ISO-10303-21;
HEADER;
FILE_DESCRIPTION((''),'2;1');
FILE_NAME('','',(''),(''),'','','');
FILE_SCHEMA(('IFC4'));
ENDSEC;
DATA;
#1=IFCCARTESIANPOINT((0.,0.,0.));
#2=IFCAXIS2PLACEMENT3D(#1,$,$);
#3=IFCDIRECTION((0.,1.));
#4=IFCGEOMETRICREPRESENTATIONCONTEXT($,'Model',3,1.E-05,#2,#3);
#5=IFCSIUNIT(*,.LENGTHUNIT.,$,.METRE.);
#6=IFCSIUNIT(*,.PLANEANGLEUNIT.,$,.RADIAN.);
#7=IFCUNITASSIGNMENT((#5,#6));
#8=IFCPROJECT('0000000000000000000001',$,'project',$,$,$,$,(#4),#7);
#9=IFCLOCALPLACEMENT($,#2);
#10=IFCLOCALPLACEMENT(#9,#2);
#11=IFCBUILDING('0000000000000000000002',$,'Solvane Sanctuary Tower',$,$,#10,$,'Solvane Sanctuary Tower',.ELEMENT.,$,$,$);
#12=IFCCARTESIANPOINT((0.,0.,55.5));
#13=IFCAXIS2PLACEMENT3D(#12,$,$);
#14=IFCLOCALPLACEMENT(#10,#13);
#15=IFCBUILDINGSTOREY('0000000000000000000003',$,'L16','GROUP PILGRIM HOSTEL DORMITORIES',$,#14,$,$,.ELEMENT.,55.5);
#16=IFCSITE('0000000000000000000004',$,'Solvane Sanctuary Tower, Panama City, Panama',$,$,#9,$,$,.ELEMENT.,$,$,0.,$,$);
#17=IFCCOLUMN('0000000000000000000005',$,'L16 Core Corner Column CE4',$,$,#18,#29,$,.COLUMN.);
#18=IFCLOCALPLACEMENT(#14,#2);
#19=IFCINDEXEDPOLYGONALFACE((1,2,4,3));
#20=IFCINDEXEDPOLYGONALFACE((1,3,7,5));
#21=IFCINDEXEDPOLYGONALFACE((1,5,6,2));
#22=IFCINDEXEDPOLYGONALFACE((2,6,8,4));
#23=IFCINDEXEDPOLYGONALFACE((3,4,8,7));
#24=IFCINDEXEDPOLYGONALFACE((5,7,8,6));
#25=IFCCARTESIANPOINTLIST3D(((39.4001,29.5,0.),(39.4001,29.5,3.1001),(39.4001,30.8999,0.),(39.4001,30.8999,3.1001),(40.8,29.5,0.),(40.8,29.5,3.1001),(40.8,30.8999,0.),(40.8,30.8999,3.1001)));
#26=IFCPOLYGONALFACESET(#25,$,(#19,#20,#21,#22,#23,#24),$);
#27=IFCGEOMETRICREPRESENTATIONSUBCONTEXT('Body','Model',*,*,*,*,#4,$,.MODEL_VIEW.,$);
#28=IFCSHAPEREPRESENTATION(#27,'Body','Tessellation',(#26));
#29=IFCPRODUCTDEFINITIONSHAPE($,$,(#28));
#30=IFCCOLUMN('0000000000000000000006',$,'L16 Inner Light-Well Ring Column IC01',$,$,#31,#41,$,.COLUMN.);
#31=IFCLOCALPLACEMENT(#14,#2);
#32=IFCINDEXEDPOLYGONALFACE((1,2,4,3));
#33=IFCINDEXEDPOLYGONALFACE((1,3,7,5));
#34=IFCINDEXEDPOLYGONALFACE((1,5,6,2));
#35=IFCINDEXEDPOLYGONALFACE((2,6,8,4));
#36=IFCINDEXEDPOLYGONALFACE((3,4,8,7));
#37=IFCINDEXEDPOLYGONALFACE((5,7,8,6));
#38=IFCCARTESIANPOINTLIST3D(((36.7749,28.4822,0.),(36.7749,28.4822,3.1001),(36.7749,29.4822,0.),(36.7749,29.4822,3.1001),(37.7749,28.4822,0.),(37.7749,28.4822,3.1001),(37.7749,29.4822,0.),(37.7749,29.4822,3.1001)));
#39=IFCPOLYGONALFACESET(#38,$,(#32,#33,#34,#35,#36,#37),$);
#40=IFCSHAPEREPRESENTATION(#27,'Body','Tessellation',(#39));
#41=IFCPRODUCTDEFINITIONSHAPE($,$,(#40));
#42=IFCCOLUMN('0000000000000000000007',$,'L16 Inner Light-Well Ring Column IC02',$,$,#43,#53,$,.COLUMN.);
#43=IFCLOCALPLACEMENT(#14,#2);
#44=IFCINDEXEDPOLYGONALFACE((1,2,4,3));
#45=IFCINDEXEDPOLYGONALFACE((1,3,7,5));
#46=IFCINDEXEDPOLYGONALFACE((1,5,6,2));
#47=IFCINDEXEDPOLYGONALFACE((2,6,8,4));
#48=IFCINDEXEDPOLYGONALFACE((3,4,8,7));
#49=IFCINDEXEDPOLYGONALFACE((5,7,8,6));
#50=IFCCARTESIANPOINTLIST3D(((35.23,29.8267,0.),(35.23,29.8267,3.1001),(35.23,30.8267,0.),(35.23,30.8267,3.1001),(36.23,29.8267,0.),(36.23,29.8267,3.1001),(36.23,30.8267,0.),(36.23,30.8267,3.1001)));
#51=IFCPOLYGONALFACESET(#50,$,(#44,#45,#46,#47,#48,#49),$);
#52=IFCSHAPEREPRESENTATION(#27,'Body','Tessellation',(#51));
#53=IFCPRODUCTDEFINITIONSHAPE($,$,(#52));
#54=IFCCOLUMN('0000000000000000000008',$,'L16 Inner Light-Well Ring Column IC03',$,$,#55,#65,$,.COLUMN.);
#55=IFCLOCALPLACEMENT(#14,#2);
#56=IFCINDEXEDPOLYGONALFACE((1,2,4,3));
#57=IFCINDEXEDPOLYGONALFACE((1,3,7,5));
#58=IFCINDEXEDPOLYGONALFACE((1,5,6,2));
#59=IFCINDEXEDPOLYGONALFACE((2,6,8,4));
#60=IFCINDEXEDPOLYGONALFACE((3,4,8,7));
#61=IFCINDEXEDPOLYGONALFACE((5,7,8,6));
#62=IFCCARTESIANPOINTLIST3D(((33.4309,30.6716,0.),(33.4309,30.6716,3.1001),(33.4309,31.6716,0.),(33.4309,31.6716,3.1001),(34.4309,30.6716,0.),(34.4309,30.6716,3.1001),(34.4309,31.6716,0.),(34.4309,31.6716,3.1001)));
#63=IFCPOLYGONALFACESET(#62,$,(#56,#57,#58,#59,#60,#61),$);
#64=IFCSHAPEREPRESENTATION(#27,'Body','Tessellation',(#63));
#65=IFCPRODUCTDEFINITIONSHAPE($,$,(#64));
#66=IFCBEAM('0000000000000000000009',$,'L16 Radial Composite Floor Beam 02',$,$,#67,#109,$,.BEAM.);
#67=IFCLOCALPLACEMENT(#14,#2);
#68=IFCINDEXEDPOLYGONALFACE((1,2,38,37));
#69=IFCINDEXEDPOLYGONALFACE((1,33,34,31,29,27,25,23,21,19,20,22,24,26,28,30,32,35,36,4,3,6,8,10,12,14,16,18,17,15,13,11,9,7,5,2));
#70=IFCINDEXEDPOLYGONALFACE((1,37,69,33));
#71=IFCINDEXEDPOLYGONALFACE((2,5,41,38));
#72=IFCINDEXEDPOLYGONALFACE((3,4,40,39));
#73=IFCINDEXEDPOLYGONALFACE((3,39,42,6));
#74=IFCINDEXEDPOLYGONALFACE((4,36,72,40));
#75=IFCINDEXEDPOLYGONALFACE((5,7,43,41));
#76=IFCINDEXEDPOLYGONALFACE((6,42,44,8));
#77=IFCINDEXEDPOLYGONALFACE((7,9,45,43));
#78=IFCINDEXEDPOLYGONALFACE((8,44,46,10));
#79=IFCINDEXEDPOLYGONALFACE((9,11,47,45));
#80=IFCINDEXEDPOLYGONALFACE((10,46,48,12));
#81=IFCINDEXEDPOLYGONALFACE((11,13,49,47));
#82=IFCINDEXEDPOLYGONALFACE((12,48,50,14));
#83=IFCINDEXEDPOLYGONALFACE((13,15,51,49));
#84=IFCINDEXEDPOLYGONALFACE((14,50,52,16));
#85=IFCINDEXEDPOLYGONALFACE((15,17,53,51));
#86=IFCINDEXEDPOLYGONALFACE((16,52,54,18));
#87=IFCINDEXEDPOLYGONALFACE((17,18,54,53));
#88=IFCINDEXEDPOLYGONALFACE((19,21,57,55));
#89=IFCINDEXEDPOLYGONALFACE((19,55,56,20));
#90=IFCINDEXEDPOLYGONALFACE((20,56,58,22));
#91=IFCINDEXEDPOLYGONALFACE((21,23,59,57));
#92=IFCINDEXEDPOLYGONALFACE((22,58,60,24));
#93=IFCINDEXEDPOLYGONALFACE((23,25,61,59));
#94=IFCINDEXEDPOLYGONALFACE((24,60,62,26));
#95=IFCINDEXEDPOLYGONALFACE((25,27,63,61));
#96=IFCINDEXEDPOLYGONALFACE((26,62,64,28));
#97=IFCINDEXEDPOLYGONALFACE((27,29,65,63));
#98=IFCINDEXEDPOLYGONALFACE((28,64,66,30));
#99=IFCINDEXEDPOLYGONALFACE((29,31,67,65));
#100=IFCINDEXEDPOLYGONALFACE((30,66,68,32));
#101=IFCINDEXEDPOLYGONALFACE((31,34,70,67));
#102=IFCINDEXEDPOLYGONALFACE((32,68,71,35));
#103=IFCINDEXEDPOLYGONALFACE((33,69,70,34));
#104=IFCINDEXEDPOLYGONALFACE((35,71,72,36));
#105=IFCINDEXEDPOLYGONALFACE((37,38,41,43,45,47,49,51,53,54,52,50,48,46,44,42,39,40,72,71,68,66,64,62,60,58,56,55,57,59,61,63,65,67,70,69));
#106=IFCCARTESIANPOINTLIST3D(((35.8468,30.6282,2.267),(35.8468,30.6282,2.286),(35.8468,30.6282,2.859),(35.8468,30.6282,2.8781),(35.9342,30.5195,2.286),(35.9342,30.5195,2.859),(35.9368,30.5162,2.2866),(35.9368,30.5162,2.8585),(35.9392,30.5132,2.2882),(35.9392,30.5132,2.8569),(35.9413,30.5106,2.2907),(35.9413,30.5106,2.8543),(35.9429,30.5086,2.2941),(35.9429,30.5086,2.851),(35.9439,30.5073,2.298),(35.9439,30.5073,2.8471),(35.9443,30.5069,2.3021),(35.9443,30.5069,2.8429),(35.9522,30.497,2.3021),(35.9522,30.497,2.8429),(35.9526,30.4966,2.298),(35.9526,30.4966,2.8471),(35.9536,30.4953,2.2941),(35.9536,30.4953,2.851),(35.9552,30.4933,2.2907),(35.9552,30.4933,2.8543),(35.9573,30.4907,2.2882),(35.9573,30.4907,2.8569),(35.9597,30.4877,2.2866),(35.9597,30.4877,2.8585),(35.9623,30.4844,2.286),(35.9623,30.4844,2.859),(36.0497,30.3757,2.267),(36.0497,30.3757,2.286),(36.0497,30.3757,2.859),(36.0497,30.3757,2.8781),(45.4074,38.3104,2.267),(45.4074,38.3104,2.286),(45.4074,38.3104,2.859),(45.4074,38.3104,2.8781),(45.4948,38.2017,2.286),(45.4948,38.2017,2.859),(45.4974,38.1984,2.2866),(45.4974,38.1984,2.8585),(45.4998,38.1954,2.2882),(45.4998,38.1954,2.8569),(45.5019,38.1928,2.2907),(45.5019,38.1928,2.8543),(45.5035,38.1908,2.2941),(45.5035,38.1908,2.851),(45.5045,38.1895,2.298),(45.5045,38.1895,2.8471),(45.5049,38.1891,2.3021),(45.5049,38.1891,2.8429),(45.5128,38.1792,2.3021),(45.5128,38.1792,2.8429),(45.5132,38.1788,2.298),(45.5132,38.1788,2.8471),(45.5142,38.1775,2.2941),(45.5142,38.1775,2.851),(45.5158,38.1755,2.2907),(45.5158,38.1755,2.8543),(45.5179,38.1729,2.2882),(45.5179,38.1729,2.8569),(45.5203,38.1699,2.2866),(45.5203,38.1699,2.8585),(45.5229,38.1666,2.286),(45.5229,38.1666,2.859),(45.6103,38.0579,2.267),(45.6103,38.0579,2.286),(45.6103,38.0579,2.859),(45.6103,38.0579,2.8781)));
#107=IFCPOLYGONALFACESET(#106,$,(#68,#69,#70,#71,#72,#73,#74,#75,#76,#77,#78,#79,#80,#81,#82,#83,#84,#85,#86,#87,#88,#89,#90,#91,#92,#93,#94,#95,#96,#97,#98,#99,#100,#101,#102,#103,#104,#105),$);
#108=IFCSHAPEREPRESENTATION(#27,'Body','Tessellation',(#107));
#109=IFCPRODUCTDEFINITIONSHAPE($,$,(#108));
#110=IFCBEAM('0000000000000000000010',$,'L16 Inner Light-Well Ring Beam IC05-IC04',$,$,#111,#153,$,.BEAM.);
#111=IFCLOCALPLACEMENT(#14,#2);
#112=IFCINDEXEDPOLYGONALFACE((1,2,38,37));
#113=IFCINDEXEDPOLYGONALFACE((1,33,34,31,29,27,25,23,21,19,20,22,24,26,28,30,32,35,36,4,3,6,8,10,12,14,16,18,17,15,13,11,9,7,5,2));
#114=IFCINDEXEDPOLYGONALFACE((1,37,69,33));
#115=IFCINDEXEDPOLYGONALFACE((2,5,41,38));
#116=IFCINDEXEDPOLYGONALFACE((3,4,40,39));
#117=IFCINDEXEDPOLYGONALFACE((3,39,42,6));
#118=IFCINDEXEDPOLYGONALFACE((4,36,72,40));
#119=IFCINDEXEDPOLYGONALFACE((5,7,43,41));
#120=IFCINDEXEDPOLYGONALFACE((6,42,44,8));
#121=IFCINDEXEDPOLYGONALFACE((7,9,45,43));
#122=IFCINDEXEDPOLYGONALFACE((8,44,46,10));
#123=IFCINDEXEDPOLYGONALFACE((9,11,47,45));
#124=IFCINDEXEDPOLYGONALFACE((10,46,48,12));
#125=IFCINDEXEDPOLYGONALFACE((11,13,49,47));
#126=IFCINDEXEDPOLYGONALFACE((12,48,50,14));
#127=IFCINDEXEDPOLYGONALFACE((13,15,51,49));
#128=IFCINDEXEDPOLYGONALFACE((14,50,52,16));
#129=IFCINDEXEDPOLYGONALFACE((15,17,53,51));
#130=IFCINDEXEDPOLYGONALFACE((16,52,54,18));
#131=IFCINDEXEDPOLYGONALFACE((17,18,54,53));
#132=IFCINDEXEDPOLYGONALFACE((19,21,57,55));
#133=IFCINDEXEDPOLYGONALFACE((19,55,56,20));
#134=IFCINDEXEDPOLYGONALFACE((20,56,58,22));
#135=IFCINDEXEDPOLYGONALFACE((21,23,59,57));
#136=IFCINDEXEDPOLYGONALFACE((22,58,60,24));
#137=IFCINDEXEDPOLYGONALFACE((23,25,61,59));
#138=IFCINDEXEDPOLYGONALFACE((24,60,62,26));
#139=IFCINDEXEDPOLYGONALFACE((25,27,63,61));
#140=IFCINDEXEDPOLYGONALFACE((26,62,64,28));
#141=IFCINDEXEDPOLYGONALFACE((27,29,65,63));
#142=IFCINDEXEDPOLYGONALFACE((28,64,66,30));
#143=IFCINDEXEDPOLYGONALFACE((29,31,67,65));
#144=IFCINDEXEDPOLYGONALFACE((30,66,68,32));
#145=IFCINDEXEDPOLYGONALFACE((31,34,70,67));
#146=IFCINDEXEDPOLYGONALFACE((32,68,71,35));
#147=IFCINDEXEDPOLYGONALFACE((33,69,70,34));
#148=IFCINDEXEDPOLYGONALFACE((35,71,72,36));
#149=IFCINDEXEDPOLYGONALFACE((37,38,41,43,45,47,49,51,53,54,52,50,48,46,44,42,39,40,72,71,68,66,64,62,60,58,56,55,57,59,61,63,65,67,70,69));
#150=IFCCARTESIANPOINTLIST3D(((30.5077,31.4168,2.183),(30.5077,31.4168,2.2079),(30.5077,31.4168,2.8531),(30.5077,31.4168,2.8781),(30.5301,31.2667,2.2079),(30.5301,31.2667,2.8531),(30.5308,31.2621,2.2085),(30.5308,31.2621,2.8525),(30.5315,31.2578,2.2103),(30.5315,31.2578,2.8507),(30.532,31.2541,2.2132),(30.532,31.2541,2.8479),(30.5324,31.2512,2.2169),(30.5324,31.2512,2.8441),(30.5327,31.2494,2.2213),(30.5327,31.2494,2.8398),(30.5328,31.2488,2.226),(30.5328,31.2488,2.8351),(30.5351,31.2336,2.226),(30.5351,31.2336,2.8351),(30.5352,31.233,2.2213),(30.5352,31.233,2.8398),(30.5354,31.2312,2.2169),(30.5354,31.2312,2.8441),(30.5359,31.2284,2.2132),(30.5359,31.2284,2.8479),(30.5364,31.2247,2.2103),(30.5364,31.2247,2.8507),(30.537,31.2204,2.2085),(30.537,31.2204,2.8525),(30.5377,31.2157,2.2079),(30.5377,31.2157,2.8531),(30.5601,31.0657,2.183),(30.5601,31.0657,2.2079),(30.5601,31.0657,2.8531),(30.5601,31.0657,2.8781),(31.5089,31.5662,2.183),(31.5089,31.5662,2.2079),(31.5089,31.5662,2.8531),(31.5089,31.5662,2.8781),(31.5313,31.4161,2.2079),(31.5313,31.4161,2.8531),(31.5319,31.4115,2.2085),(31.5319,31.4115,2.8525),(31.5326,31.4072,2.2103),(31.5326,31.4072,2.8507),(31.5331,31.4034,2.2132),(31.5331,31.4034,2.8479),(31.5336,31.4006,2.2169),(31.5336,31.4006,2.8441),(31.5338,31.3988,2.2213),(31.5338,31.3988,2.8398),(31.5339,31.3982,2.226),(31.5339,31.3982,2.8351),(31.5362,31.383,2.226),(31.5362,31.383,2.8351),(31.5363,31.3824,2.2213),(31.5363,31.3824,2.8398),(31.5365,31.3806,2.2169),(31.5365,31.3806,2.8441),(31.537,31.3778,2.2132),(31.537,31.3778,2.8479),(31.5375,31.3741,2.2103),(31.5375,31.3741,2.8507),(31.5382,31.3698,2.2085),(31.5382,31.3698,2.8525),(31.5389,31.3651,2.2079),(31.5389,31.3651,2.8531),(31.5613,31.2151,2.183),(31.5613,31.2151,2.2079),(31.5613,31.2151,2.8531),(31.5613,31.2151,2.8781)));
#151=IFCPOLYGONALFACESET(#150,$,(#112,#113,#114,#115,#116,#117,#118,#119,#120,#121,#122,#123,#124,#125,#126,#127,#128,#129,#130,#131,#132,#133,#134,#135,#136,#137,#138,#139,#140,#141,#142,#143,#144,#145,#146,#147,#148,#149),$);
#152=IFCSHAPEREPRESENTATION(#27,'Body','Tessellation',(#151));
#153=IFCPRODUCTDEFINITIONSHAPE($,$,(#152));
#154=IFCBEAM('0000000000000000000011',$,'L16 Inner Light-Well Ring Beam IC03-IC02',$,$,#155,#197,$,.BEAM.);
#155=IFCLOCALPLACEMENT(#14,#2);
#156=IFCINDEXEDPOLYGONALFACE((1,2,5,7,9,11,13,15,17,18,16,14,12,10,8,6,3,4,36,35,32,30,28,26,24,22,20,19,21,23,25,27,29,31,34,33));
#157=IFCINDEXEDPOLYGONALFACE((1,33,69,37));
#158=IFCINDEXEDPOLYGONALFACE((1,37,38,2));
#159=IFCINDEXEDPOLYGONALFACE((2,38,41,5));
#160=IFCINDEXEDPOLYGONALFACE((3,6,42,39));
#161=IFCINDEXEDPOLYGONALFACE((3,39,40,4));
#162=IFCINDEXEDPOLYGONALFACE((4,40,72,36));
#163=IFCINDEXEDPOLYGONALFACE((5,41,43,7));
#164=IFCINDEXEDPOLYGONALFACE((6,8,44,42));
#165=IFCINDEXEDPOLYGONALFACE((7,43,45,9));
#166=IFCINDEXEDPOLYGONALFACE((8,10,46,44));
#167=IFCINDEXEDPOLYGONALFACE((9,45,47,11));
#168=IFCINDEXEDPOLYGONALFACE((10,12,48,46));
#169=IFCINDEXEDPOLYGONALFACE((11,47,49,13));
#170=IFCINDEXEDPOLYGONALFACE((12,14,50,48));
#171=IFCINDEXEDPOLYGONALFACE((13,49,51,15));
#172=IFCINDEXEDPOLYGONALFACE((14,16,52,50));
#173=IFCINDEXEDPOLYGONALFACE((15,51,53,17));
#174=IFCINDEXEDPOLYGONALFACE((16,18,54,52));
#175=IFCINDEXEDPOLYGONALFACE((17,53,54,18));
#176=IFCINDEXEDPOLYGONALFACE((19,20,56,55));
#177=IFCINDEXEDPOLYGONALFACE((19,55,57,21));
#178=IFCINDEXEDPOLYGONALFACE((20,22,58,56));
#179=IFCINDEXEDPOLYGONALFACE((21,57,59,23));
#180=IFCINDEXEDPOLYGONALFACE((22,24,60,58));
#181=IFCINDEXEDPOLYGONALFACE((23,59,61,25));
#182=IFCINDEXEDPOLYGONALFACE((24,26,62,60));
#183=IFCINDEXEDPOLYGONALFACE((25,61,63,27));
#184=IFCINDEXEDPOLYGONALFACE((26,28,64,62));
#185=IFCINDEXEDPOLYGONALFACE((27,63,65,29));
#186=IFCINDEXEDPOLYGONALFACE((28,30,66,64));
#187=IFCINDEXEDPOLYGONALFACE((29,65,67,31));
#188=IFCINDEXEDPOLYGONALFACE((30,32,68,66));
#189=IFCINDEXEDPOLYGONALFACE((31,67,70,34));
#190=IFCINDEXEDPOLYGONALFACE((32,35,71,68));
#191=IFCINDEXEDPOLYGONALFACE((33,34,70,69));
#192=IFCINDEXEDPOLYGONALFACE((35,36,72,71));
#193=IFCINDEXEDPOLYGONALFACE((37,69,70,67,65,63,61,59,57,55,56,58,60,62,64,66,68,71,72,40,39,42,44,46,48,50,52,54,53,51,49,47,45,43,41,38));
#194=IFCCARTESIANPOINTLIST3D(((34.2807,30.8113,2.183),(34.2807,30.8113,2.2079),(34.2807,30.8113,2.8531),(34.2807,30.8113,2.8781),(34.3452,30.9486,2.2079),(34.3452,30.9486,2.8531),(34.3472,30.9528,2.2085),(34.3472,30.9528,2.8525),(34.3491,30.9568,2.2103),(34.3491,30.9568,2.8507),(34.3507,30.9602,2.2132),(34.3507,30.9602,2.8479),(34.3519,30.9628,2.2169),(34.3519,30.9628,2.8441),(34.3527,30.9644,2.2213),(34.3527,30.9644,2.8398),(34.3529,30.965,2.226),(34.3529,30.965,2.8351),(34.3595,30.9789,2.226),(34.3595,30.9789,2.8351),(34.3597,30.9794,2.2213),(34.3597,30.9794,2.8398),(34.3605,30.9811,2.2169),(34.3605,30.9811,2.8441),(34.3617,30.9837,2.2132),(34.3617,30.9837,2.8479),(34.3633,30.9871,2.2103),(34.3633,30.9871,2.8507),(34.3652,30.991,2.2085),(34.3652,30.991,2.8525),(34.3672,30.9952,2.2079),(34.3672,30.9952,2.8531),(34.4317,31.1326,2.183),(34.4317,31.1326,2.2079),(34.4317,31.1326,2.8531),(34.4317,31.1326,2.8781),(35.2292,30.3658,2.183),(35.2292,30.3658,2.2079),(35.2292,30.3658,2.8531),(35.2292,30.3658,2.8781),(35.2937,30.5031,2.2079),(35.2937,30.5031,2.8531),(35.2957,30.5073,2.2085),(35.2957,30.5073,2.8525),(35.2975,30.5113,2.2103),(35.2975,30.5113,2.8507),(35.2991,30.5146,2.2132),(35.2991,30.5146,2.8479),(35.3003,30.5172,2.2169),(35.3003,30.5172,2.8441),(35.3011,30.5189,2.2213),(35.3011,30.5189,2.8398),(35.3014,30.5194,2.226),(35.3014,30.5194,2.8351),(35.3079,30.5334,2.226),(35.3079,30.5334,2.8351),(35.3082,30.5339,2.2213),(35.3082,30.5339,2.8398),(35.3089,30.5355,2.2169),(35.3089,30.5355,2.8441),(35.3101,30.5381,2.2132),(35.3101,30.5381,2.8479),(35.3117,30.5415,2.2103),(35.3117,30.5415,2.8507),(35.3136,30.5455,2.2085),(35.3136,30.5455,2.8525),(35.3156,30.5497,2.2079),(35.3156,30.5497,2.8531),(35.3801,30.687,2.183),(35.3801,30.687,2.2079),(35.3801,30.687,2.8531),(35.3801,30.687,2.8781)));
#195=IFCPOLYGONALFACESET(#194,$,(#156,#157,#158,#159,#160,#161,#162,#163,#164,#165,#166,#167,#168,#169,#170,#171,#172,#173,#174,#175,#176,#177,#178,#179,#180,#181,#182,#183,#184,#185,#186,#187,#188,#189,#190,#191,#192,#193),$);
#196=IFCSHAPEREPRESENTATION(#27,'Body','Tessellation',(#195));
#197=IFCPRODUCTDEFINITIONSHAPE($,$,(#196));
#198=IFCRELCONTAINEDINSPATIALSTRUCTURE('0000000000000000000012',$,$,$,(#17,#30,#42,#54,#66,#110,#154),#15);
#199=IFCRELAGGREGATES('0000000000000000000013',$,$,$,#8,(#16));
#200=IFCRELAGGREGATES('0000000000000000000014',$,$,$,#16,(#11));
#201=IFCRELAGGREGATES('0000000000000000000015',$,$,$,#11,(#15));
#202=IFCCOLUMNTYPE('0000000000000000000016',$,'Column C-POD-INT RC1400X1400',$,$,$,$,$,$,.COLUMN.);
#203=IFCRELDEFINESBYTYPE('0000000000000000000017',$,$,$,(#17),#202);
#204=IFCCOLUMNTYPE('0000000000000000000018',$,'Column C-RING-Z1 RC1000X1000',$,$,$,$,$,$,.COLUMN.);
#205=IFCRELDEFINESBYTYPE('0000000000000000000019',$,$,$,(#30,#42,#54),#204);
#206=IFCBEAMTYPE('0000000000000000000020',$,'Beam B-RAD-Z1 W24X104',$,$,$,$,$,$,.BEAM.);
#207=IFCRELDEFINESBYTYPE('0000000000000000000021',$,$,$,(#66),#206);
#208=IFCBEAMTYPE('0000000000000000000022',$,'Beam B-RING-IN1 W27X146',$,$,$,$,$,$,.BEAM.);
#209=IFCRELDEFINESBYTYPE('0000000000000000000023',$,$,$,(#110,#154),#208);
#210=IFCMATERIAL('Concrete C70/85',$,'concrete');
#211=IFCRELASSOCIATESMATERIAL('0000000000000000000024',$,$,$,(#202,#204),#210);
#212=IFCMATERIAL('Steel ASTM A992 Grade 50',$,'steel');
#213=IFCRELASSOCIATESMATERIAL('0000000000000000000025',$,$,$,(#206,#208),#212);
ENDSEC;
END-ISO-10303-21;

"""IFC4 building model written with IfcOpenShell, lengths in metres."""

from ifc_helpers import new_model, si_unit, direction, frame, origin, origin_2d, place, context, subcontext, project, spatial, rectangle, i_section, extrude, material, material_profile, profile_set, type_object, element, save


model = new_model("IFC4")

# Units and contexts
model_context = context("Model", 3, precision=1e-05, world=origin(), true_north=direction((0.0, 1.0)))
body_context = subcontext(model_context, "Body", "Model", "MODEL_VIEW")
ifc_project = project(units=[si_unit("LENGTHUNIT", "METRE"), si_unit("PLANEANGLEUNIT", "RADIAN")], contexts=[model_context])

# Site, building, storey
site_placement = place(None, origin())
site = spatial("IfcSite", under=ifc_project, at=site_placement, Name="Solvane Sanctuary Tower, Panama City, Panama", CompositionType="ELEMENT", RefElevation=0.0)
building_placement = place(site_placement, origin())
building = spatial("IfcBuilding", under=site, at=building_placement, Name="Solvane Sanctuary Tower", LongName="Solvane Sanctuary Tower", CompositionType="ELEMENT")
storey_placement = place(building_placement, frame((0.0, 0.0, 55.5)))
storey = spatial("IfcBuildingStorey", under=building, at=storey_placement, Name="L16", Description="GROUP PILGRIM HOSTEL DORMITORIES", CompositionType="ELEMENT", Elevation=55.5)

# Columns
ifc_material_1 = material(Name="Concrete C70/85", Category="concrete")
ifc_material_profile_1 = material_profile(ifc_material_1, rectangle(XDim=1.3999, YDim=1.3999, at=origin_2d()), Name="RC1400X1400")
ifc_profile_set_1 = profile_set([ifc_material_profile_1], Name="Concrete C70/85")
column_type_1 = type_object("IfcColumnType", Name="Column C-POD-INT RC1400X1400", PredefinedType="COLUMN", material=ifc_profile_set_1)
column_placement = place(storey_placement, frame((40.1001, 30.2, 0.0), z_axis=(0.0, 0.0, 1.0), x_axis=(1.0, 0.0, 0.0)))
element("IfcColumn", 1, at=column_placement, inside=storey, type_object=column_type_1, Name="L16 Core Corner Column CE4", PredefinedType="COLUMN", context=body_context, shape_type="SweptSolid", body=[
    extrude(rectangle(XDim=1.3999, YDim=1.3999, at=origin_2d()), origin(), (0.0, 0.0, 1.0), 3.1001),
])
ifc_material_profile_2 = material_profile(ifc_material_1, rectangle(XDim=1.0, YDim=1.0, at=origin_2d()), Name="RC1000X1000")
ifc_profile_set_2 = profile_set([ifc_material_profile_2], Name="Concrete C70/85")
column_type_2 = type_object("IfcColumnType", Name="Column C-RING-Z1 RC1000X1000", PredefinedType="COLUMN", material=ifc_profile_set_2)
for number, where, z_axis, x_axis, name in (
    (2, (37.2749, 28.9822, 0.0), (0.0, 0.0, 1.0), (1.0, 0.0, 0.0), "L16 Inner Light-Well Ring Column IC01"),
    (3, (35.73, 30.3267, 0.0), (0.0, 0.0, 1.0), (1.0, 0.0, 0.0), "L16 Inner Light-Well Ring Column IC02"),
    (4, (33.9309, 31.1716, 0.0), (0.0, 0.0, 1.0), (1.0, 0.0, 0.0), "L16 Inner Light-Well Ring Column IC03"),
):
    element("IfcColumn", number, at=place(storey_placement, frame(where, z_axis=z_axis, x_axis=x_axis)), inside=storey, type_object=column_type_2, Name=name, PredefinedType="COLUMN", context=body_context, shape_type="SweptSolid", body=[
        extrude(rectangle(XDim=1.0, YDim=1.0, at=origin_2d()), origin(), (0.0, 0.0, 1.0), 3.1001),
    ])

# Beams
ifc_material_2 = material(Name="Steel ASTM A992 Grade 50", Category="steel")
ifc_material_profile_3 = material_profile(ifc_material_2, i_section(OverallWidth=0.324, OverallDepth=0.6111, WebThickness=0.0127, FlangeThickness=0.019, FilletRadius=0.0161, at=origin_2d()), Name="W24X104")
ifc_profile_set_3 = profile_set([ifc_material_profile_3], Name="Steel ASTM A992 Grade 50")
beam_type_1 = type_object("IfcBeamType", Name="Beam B-RAD-Z1 W24X104", PredefinedType="BEAM", material=ifc_profile_set_3)
beam_1_placement = place(storey_placement, frame((35.9482, 30.502, 2.5725), z_axis=(0.779527, 0.626369, 0.0), x_axis=(-0.626369, 0.779527, 0.0)))
element("IfcBeam", 5, at=beam_1_placement, inside=storey, type_object=beam_type_1, Name="L16 Radial Composite Floor Beam 02", PredefinedType="BEAM", context=body_context, shape_type="SweptSolid", body=[
    extrude(i_section(OverallWidth=0.324, OverallDepth=0.6111, WebThickness=0.0127, FlangeThickness=0.019, FilletRadius=0.0161, at=origin_2d()), origin(), (0.0, 0.0, 1.0), 12.2646),
])
ifc_material_profile_4 = material_profile(ifc_material_2, i_section(OverallWidth=0.355, OverallDepth=0.6951, WebThickness=0.0154, FlangeThickness=0.0249, FilletRadius=0.0181, at=origin_2d()), Name="W27X146")
ifc_profile_set_4 = profile_set([ifc_material_profile_4], Name="Steel ASTM A992 Grade 50")
beam_type_2 = type_object("IfcBeamType", Name="Beam B-RING-IN1 W27X146", PredefinedType="BEAM", material=ifc_profile_set_4)
beam_2_placement = place(storey_placement, frame((30.5339, 31.2412, 2.5305), z_axis=(0.989048, 0.147597, 0.0), x_axis=(-0.147597, 0.989048, 0.0)))
element("IfcBeam", 6, at=beam_2_placement, inside=storey, type_object=beam_type_2, Name="L16 Inner Light-Well Ring Beam IC05-IC04", PredefinedType="BEAM", context=body_context, shape_type="SweptSolid", body=[
    extrude(i_section(OverallWidth=0.355, OverallDepth=0.6951, WebThickness=0.0154, FlangeThickness=0.0249, FilletRadius=0.0181, at=origin_2d()), origin(), (0.0, 0.0, 1.0), 1.0122),
])
beam_3_placement = place(storey_placement, frame((34.3562, 30.9719, 2.5305), z_axis=(0.905109, -0.42518, 0.0), x_axis=(0.42518, 0.905109, 0.0)))
element("IfcBeam", 7, at=beam_3_placement, inside=storey, type_object=beam_type_2, Name="L16 Inner Light-Well Ring Beam IC03-IC02", PredefinedType="BEAM", context=body_context, shape_type="SweptSolid", body=[
    extrude(i_section(OverallWidth=0.355, OverallDepth=0.6951, WebThickness=0.0154, FlangeThickness=0.0249, FilletRadius=0.0181, at=origin_2d()), origin(), (0.0, 0.0, 1.0), 1.0479),
])

save(model, "model.ifc")
